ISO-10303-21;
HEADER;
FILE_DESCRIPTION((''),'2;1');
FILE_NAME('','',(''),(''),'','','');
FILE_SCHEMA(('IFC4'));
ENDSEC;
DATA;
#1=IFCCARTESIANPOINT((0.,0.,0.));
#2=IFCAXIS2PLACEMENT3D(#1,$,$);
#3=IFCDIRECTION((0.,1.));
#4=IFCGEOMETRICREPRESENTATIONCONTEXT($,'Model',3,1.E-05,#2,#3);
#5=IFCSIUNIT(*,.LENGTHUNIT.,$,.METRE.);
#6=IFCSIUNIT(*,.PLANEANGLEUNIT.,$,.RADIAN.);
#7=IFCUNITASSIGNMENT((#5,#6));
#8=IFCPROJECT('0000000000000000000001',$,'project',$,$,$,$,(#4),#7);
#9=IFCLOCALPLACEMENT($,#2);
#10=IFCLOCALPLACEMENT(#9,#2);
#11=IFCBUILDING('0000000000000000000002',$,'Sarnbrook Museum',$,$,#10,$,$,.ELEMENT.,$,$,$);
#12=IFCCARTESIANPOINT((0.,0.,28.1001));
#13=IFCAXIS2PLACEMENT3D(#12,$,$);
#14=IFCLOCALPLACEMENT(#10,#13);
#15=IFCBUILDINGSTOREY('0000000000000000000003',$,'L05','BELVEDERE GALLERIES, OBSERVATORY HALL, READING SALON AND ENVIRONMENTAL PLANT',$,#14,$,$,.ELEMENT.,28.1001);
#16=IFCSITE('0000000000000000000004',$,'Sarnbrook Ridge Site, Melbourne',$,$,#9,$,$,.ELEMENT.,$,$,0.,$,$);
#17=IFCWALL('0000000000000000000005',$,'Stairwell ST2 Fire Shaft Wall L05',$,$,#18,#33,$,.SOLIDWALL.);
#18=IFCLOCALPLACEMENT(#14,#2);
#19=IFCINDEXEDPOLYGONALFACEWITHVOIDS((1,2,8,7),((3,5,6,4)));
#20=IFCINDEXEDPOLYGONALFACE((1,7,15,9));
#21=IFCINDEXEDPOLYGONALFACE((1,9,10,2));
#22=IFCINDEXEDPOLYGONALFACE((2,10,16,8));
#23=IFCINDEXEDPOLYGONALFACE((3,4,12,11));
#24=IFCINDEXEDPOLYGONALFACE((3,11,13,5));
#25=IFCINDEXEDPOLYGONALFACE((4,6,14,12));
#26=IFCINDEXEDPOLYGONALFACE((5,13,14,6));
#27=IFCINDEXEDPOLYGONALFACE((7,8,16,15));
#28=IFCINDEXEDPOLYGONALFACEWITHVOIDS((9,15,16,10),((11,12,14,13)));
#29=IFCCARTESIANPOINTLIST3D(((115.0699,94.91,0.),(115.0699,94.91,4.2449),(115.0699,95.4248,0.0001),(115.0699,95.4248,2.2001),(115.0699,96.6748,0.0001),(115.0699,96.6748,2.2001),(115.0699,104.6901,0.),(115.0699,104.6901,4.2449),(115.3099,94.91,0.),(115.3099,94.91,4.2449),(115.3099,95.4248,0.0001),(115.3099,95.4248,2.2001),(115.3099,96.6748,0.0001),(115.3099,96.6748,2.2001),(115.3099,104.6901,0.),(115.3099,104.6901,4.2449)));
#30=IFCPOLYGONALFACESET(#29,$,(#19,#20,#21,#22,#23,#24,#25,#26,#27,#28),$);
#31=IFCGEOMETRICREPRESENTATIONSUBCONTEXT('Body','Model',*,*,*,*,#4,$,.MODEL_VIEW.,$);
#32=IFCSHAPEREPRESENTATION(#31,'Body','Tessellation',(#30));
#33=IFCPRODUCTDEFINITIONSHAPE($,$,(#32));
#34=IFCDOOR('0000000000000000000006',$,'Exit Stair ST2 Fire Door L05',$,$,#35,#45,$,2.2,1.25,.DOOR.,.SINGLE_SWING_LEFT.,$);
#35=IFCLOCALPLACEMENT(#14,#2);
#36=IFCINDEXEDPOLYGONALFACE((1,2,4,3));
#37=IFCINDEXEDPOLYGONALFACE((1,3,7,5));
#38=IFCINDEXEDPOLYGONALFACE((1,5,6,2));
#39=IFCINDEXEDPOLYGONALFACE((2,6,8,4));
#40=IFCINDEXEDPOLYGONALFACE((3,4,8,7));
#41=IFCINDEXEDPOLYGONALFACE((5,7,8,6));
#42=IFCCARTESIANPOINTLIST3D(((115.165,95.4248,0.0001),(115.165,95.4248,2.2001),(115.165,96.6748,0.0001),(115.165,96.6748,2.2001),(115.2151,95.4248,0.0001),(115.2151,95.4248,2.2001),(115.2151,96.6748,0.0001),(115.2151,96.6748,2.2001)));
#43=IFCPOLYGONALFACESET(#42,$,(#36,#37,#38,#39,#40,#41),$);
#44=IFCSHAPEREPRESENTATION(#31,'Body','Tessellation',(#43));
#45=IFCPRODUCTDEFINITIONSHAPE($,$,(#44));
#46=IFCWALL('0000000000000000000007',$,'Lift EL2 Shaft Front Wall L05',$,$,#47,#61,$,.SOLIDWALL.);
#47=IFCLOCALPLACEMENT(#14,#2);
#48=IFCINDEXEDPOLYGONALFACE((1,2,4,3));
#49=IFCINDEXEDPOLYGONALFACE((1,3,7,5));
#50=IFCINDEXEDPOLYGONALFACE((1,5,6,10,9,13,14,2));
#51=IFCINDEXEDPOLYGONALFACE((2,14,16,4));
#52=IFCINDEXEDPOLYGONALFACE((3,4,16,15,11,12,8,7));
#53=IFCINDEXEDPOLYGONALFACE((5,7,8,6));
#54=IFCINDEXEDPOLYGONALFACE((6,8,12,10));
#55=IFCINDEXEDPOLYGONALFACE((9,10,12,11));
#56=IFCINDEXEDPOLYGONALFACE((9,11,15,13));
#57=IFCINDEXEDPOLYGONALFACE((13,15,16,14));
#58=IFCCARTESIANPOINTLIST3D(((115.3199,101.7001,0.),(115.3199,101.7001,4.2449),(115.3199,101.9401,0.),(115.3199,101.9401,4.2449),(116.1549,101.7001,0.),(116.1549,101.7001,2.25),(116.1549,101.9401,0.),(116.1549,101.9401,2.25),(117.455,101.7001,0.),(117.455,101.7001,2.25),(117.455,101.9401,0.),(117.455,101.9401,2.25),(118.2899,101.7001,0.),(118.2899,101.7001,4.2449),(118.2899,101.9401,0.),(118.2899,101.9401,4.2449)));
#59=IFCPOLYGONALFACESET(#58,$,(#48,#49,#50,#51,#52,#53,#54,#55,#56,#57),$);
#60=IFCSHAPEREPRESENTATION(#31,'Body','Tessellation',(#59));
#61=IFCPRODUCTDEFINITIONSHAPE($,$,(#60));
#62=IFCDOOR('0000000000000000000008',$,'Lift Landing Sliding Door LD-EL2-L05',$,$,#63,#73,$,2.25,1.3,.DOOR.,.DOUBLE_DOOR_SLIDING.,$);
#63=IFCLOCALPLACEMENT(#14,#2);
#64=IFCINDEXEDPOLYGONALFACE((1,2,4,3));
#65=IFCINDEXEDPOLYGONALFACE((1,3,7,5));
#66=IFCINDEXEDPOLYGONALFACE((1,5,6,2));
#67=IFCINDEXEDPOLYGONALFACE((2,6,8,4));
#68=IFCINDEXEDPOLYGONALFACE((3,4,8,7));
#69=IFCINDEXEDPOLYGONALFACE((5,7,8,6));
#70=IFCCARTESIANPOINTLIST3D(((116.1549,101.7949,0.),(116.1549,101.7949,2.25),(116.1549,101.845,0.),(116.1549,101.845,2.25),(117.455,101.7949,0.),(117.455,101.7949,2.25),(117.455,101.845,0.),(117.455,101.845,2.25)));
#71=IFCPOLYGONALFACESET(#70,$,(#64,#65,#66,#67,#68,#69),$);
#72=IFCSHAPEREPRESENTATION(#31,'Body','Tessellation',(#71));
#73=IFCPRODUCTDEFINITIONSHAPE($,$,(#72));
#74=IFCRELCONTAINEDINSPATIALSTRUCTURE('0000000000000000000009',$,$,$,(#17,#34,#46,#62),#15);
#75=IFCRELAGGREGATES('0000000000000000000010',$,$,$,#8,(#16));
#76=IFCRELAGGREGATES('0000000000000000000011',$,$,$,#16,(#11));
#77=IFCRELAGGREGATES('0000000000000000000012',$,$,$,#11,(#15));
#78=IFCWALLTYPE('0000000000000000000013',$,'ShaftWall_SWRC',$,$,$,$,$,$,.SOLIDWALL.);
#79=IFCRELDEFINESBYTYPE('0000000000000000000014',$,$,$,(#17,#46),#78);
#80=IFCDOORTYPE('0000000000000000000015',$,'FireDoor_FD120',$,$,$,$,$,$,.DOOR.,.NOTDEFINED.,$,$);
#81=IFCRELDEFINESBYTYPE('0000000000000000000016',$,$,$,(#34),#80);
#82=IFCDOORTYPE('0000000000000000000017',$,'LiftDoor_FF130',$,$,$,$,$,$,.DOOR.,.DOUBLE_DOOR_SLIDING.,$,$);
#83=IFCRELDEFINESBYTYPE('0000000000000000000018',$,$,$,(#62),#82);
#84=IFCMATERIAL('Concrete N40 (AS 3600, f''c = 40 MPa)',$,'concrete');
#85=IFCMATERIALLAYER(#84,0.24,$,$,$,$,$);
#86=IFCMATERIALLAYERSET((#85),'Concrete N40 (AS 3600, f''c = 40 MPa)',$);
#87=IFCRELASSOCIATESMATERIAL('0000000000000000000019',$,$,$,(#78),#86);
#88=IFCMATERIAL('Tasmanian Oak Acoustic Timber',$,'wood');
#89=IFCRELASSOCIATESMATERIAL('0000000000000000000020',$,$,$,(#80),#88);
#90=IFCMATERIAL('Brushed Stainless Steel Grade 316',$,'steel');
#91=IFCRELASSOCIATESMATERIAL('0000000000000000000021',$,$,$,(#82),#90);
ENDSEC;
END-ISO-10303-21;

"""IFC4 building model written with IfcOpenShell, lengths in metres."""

from ifc_helpers import new_model, si_unit, direction, frame, frame_2d, origin, place, context, subcontext, project, spatial, rectangle, extrude, material, layer, layer_set, type_object, element, fill, save


model = new_model("IFC4")

# Units and contexts
model_context = context("Model", 3, precision=1e-05, world=origin(), true_north=direction((0.0, 1.0)))
body_context = subcontext(model_context, "Body", "Model", "MODEL_VIEW")
ifc_project = project(units=[si_unit("LENGTHUNIT", "METRE"), si_unit("PLANEANGLEUNIT", "RADIAN")], contexts=[model_context])

# Site, building, storey
site_placement = place(None, origin())
site = spatial("IfcSite", under=ifc_project, at=site_placement, Name="Sarnbrook Ridge Site, Melbourne", CompositionType="ELEMENT", RefElevation=0.0)
building_placement = place(site_placement, origin())
building = spatial("IfcBuilding", under=site, at=building_placement, Name="Sarnbrook Museum", CompositionType="ELEMENT")
storey_placement = place(building_placement, frame((0.0, 0.0, 28.1001)))
storey = spatial("IfcBuildingStorey", under=building, at=storey_placement, Name="L05", Description="BELVEDERE GALLERIES, OBSERVATORY HALL, READING SALON AND ENVIRONMENTAL PLANT", CompositionType="ELEMENT", Elevation=28.1001)

# Walls, openings, doors
ifc_material_1 = material(Name="Concrete N40 (AS 3600, f'c = 40 MPa)", Category="concrete")
ifc_layer_1 = layer(ifc_material_1, 0.24)
ifc_layer_set_1 = layer_set([ifc_layer_1], Name="Concrete N40 (AS 3600, f'c = 40 MPa)")
wall_type_1 = type_object("IfcWallType", Name="ShaftWall_SWRC", PredefinedType="SOLIDWALL", material=ifc_layer_set_1)
wall_1_placement = place(storey_placement, frame((115.1899, 94.9099, 0.0), z_axis=(0.0, 0.0, 1.0), x_axis=(0.0, 1.0, 0.0)))
wall_1 = element("IfcWall", 1, at=wall_1_placement, inside=storey, type_object=wall_type_1, Name="Stairwell ST2 Fire Shaft Wall L05", PredefinedType="SOLIDWALL", context=body_context, shape_type="SweptSolid", body=[
    extrude(rectangle(XDim=9.78, YDim=0.24, at=frame_2d((4.8901, 0.0))), origin(), (0.0, 0.0, 1.0), 4.2449),
])
opening_1_placement = place(wall_1_placement, frame((0.5149, 0.0, 0.0)))
opening_1 = element("IfcOpeningElement", 2, at=opening_1_placement, cuts=wall_1, PredefinedType="OPENING", context=body_context, shape_type="SweptSolid", body=[
    extrude(rectangle(XDim=1.25, YDim=2.2, at=frame_2d((0.625, 1.1001))), frame((0.0, 0.1299, 0.0), z_axis=(0.0, -1.0, 0.0), x_axis=(1.0, 0.0, 0.0)), (0.0, 0.0, 1.0), 0.26),
])
ifc_material_2 = material(Name="Tasmanian Oak Acoustic Timber", Category="wood")
door_type_1 = type_object("IfcDoorType", Name="FireDoor_FD120", OperationType="NOTDEFINED", PredefinedType="DOOR", material=ifc_material_2)
door_1_placement = place(opening_1_placement, origin())
door_1 = element("IfcDoor", 3, at=door_1_placement, inside=storey, type_object=door_type_1, Name="Exit Stair ST2 Fire Door L05", OperationType="SINGLE_SWING_LEFT", OverallHeight=2.2, OverallWidth=1.25, PredefinedType="DOOR", context=body_context, shape_type="SweptSolid", body=[
    extrude(rectangle(XDim=1.25, YDim=2.2, at=frame_2d((0.625, 1.1001))), frame((0.0, 0.0249, 0.0), z_axis=(0.0, -1.0, 0.0), x_axis=(1.0, 0.0, 0.0)), (0.0, 0.0, 1.0), 0.05),
])
fill(opening_1, door_1)
wall_2_placement = place(storey_placement, frame((115.3201, 101.8201, 0.0), z_axis=(0.0, 0.0, 1.0), x_axis=(1.0, 0.0, 0.0)))
wall_2 = element("IfcWall", 4, at=wall_2_placement, inside=storey, type_object=wall_type_1, Name="Lift EL2 Shaft Front Wall L05", PredefinedType="SOLIDWALL", context=body_context, shape_type="SweptSolid", body=[
    extrude(rectangle(XDim=2.97, YDim=0.24, at=frame_2d((1.4849, 0.0))), origin(), (0.0, 0.0, 1.0), 4.2449),
])
opening_2_placement = place(wall_2_placement, frame((0.835, 0.0, 0.0)))
opening_2 = element("IfcOpeningElement", 5, at=opening_2_placement, cuts=wall_2, PredefinedType="OPENING", context=body_context, shape_type="SweptSolid", body=[
    extrude(rectangle(XDim=1.3, YDim=2.25, at=frame_2d((0.6499, 1.125))), frame((0.0, 0.1299, 0.0), z_axis=(0.0, -1.0, 0.0), x_axis=(1.0, 0.0, 0.0)), (0.0, 0.0, 1.0), 0.26),
])
ifc_material_3 = material(Name="Brushed Stainless Steel Grade 316", Category="steel")
door_type_2 = type_object("IfcDoorType", Name="LiftDoor_FF130", OperationType="DOUBLE_DOOR_SLIDING", PredefinedType="DOOR", material=ifc_material_3)
door_2_placement = place(opening_2_placement, origin())
door_2 = element("IfcDoor", 6, at=door_2_placement, inside=storey, type_object=door_type_2, Name="Lift Landing Sliding Door LD-EL2-L05", OperationType="DOUBLE_DOOR_SLIDING", OverallHeight=2.25, OverallWidth=1.3, PredefinedType="DOOR", context=body_context, shape_type="SweptSolid", body=[
    extrude(rectangle(XDim=1.3, YDim=2.25, at=frame_2d((0.6499, 1.125))), frame((0.0, 0.0249, 0.0), z_axis=(0.0, -1.0, 0.0), x_axis=(1.0, 0.0, 0.0)), (0.0, 0.0, 1.0), 0.05),
])
fill(opening_2, door_2)

save(model, "model.ifc")
